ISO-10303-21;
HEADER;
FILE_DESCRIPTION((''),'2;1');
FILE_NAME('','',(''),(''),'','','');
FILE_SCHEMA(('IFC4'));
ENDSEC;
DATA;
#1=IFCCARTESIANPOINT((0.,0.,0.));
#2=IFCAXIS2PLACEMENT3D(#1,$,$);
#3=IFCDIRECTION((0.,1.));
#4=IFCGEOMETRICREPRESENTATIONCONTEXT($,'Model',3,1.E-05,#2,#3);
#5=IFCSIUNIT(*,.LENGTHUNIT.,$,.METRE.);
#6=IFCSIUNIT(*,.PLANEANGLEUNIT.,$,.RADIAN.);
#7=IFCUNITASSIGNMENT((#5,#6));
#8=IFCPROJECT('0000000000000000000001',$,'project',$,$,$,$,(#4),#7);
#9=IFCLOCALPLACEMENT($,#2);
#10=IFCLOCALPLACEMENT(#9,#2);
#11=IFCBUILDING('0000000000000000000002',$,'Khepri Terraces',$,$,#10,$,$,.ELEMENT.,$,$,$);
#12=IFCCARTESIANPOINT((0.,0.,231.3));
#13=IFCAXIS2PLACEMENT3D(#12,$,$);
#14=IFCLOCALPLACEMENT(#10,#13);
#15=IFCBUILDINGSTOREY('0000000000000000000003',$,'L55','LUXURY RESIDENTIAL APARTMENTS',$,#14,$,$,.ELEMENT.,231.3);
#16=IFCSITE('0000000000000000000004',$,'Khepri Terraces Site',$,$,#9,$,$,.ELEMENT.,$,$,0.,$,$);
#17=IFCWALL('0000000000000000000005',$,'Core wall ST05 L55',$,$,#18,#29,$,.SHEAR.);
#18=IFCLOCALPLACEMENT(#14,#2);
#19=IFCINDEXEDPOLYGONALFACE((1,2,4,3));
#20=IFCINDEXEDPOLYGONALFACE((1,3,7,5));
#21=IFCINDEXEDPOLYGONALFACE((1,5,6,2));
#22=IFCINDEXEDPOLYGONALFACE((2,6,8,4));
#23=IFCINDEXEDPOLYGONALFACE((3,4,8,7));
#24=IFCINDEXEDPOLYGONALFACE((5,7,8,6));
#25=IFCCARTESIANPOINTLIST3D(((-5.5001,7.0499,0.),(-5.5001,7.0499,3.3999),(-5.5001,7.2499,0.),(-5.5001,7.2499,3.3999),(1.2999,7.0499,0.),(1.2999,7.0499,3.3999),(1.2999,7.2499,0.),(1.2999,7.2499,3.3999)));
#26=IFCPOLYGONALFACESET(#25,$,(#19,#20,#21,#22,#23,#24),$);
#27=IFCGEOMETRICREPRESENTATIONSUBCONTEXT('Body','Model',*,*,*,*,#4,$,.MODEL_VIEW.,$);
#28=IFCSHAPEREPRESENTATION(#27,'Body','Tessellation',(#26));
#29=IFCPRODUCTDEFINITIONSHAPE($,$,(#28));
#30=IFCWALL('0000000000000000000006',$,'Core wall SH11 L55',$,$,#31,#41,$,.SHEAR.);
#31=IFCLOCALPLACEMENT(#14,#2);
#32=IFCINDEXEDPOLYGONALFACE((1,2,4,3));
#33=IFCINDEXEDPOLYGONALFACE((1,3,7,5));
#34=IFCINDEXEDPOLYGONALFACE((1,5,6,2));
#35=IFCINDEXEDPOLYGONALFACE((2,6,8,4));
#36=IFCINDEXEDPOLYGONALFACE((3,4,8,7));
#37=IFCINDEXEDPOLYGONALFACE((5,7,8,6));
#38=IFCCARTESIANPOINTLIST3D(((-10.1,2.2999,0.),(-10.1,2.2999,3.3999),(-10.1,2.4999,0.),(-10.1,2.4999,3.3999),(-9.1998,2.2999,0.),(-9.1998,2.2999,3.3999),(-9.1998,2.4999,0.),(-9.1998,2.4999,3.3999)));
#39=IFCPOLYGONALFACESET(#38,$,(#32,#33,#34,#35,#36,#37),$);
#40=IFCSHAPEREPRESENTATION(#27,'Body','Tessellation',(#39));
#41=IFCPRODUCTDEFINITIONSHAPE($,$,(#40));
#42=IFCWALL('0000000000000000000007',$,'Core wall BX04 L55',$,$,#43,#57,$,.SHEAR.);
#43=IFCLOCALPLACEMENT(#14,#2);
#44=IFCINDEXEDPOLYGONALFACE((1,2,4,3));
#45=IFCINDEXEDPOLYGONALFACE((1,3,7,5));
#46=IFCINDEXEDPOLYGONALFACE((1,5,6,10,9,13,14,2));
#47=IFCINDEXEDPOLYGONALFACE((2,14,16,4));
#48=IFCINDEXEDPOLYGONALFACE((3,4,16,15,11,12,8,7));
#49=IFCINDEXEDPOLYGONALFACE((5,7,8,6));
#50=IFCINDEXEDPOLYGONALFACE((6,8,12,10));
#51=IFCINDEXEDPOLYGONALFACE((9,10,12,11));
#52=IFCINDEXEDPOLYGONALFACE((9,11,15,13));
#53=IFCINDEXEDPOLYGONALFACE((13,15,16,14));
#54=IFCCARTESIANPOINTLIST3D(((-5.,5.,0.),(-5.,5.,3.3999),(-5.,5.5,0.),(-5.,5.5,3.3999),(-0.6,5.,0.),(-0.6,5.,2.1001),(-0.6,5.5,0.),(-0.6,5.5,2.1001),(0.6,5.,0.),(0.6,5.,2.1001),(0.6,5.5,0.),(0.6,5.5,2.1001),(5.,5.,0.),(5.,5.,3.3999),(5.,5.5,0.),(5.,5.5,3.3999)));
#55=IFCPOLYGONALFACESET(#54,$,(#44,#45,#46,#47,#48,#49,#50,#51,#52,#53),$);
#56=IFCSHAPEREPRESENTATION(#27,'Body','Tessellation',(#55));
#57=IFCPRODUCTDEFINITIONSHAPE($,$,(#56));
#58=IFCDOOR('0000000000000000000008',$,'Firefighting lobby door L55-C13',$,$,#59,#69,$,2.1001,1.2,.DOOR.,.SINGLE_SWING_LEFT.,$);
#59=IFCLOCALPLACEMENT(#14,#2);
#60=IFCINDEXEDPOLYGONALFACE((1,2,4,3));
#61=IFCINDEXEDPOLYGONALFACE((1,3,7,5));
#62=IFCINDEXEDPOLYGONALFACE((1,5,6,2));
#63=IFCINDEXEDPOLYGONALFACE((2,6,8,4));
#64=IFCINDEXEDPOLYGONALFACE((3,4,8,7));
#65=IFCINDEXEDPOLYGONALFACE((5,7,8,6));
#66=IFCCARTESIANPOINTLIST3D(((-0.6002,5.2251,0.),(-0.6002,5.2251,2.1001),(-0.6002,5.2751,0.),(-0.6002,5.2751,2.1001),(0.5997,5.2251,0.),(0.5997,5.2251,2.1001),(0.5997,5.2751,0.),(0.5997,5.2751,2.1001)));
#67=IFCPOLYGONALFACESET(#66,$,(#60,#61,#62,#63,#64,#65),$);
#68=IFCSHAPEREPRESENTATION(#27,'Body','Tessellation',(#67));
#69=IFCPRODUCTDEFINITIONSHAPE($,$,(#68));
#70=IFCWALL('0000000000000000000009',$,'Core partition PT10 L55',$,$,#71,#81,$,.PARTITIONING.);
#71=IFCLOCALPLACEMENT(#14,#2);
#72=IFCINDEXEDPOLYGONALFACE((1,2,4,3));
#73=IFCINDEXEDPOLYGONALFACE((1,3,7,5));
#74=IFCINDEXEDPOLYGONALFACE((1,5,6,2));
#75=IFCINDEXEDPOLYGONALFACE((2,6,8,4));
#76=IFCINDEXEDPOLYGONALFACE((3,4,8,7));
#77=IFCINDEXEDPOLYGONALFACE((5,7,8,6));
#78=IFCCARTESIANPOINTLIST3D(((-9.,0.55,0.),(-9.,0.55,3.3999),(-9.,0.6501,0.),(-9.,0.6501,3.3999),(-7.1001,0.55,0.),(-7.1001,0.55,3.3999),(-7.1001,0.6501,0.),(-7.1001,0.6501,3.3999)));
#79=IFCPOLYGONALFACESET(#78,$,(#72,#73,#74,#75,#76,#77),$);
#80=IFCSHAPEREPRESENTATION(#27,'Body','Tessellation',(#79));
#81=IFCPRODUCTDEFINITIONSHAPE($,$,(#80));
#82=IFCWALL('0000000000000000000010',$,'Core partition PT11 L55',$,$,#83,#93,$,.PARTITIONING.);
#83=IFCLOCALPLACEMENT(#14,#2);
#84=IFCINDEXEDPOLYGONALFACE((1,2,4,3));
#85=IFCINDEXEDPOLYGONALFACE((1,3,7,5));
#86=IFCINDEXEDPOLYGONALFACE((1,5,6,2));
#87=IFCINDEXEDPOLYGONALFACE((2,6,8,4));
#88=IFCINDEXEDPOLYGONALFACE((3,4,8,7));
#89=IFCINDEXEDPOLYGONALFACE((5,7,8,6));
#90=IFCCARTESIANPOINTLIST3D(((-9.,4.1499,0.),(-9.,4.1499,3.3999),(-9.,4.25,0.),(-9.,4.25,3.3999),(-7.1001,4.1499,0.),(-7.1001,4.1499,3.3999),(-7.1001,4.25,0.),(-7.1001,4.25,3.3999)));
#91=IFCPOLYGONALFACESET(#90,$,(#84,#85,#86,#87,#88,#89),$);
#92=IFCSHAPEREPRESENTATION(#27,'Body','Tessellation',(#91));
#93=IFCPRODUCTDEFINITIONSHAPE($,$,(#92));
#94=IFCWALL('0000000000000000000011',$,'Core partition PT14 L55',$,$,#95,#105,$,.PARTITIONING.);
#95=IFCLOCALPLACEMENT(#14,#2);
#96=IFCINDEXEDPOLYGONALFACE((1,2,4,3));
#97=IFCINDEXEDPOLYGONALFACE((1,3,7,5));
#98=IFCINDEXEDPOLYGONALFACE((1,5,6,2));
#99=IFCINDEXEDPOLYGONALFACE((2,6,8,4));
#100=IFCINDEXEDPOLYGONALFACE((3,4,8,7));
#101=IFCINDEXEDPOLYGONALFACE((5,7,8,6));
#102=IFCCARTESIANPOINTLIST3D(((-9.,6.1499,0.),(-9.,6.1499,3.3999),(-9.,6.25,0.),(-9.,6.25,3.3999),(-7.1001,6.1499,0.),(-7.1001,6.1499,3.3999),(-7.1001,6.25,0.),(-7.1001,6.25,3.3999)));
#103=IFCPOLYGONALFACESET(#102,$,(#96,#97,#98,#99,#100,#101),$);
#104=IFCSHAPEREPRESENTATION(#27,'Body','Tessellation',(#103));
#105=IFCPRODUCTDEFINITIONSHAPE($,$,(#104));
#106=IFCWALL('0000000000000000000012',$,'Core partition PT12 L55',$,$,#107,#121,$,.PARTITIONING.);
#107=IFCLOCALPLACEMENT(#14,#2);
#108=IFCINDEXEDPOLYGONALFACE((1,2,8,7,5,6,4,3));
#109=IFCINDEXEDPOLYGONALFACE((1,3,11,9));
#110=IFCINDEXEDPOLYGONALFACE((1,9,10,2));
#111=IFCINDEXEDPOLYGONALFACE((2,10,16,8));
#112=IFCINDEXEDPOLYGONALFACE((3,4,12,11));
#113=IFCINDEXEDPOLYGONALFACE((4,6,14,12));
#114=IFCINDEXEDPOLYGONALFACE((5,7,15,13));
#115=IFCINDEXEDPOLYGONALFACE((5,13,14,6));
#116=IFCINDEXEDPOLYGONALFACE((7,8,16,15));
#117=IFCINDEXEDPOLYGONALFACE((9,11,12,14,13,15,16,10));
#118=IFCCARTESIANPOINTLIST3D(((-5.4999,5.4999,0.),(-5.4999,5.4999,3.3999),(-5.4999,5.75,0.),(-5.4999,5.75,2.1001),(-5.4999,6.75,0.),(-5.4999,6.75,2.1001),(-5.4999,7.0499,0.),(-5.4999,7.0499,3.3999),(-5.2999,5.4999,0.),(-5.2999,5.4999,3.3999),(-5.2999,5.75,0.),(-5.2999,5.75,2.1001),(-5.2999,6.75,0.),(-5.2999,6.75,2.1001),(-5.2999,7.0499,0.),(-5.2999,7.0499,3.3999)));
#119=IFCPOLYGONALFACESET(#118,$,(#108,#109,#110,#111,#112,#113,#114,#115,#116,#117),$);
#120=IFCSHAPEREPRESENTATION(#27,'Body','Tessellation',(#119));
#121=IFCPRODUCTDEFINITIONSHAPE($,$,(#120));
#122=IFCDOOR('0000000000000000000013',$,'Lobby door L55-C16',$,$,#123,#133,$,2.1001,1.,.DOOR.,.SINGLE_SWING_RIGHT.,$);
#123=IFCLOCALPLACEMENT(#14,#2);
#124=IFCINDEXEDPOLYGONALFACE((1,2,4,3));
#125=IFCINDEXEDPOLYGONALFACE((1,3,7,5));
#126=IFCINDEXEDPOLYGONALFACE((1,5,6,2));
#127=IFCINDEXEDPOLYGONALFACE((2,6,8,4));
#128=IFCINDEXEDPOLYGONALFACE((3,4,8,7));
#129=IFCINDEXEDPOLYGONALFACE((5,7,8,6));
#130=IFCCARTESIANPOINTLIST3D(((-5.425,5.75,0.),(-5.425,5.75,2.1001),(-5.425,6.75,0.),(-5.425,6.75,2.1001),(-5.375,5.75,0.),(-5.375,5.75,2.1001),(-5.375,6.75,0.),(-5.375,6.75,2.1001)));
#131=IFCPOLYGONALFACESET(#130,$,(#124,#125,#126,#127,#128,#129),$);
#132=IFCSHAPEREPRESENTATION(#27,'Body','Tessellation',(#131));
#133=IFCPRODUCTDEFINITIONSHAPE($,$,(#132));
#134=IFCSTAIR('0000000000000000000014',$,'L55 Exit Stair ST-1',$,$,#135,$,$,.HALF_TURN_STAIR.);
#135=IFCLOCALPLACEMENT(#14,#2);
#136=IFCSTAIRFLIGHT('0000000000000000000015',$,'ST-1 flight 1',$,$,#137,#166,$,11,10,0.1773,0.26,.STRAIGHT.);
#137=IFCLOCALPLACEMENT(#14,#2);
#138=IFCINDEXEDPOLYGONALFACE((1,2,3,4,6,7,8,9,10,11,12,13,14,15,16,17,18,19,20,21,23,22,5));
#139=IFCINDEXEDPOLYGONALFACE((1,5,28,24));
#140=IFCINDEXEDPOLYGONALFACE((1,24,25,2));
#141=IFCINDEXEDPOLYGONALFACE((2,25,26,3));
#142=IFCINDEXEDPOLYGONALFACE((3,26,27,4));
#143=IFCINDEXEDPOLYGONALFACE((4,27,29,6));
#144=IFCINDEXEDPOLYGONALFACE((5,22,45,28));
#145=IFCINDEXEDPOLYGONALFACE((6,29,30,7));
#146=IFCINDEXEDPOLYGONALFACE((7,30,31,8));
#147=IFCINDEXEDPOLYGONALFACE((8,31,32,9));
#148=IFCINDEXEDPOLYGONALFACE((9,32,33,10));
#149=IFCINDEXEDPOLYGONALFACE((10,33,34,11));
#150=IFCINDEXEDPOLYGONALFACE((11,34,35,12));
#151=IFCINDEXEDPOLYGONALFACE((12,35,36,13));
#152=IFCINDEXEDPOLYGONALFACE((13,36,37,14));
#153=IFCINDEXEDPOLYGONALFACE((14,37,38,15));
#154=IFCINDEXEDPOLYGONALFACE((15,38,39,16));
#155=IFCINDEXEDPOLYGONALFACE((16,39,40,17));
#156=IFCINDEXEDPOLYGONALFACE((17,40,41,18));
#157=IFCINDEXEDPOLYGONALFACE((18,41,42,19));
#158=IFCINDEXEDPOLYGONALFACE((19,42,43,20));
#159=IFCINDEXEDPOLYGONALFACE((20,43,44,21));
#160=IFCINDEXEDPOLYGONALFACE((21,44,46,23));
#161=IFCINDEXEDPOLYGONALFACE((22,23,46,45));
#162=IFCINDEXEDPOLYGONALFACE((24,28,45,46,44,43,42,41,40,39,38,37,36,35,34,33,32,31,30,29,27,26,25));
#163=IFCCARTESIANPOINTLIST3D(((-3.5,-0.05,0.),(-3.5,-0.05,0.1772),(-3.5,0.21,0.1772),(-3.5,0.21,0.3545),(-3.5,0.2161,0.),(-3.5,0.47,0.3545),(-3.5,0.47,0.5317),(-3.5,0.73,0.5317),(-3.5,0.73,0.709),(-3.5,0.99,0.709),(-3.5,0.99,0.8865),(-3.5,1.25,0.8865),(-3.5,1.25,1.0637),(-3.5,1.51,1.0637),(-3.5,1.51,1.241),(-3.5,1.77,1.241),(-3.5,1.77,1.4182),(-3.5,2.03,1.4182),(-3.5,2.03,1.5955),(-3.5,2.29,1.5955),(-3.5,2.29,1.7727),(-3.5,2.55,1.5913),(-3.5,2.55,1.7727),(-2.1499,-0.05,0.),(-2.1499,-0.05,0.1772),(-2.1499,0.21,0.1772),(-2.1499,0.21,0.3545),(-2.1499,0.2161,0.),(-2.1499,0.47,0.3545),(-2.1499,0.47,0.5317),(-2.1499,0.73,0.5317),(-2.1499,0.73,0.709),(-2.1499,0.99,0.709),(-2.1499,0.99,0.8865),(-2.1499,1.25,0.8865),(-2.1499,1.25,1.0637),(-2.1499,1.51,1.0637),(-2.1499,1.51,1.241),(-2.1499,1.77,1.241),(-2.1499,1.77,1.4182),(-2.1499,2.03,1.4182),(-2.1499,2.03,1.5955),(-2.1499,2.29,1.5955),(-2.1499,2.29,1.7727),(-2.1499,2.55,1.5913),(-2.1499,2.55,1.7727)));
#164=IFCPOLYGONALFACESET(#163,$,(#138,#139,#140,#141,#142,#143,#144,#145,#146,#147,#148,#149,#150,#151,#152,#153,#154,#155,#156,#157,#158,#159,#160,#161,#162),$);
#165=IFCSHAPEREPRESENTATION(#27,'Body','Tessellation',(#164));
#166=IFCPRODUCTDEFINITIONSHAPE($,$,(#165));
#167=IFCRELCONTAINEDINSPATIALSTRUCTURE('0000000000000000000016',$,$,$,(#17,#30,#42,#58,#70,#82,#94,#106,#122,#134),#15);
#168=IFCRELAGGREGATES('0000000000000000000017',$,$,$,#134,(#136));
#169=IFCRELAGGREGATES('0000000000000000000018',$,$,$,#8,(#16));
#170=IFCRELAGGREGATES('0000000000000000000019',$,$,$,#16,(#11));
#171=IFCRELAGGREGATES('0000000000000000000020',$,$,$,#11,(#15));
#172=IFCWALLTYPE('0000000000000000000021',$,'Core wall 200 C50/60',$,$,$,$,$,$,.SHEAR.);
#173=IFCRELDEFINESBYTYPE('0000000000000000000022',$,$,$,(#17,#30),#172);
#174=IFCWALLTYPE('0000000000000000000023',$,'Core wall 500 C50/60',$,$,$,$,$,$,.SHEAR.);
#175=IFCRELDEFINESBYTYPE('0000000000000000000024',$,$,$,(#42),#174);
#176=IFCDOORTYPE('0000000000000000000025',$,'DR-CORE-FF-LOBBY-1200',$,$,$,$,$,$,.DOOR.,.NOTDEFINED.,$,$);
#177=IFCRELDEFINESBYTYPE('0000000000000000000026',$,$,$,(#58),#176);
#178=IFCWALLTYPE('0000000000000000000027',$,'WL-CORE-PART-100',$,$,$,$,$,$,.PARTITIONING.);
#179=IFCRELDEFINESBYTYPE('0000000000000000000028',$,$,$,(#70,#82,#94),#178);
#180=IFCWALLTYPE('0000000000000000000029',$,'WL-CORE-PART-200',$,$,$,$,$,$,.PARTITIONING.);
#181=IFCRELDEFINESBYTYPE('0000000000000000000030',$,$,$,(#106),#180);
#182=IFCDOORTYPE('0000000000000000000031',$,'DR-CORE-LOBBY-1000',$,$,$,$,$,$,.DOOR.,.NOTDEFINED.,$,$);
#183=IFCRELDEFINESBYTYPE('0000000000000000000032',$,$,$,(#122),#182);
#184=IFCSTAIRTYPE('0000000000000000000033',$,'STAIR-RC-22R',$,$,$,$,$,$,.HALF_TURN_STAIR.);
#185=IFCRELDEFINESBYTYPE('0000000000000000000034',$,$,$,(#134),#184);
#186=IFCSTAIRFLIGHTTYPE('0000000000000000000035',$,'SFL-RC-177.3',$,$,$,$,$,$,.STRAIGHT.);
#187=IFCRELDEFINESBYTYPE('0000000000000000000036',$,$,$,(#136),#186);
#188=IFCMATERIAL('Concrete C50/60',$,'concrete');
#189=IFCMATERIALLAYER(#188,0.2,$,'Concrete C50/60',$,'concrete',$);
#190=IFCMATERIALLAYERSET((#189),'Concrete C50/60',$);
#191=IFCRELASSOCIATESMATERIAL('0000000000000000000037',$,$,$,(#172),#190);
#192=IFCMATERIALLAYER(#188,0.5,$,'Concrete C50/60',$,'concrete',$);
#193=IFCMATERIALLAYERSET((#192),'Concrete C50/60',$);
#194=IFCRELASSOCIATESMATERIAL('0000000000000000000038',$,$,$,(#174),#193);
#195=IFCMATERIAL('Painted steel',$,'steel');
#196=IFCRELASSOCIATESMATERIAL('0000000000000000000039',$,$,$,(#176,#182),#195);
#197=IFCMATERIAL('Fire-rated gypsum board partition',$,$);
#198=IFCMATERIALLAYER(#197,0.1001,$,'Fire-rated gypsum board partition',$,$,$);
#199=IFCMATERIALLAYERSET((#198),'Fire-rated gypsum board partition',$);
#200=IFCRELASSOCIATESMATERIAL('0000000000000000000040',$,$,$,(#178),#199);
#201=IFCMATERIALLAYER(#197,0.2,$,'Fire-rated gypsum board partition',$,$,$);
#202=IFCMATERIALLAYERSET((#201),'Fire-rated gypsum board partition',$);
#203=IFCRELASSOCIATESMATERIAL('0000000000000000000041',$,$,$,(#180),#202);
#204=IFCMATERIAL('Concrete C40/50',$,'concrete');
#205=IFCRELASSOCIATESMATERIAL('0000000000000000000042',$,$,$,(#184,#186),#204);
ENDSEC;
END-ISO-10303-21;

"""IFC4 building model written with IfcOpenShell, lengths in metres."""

from ifc_helpers import new_model, si_unit, direction, frame, frame_2d, origin, place, context, subcontext, project, spatial, polyline, rectangle, outline, extrude, material, layer, layer_set, type_object, element, fill, aggregate, save


model = new_model("IFC4")

# Units and contexts
model_context = context("Model", 3, precision=1e-05, world=origin(), true_north=direction((0.0, 1.0)))
body_context = subcontext(model_context, "Body", "Model", "MODEL_VIEW")
ifc_project = project(units=[si_unit("LENGTHUNIT", "METRE"), si_unit("PLANEANGLEUNIT", "RADIAN")], contexts=[model_context])

# Site, building, storey
site_placement = place(None, origin())
site = spatial("IfcSite", under=ifc_project, at=site_placement, Name="Khepri Terraces Site", CompositionType="ELEMENT", RefElevation=0.0)
building_placement = place(site_placement, origin())
building = spatial("IfcBuilding", under=site, at=building_placement, Name="Khepri Terraces", CompositionType="ELEMENT")
storey_placement = place(building_placement, frame((0.0, 0.0, 231.3)))
storey = spatial("IfcBuildingStorey", under=building, at=storey_placement, Name="L55", Description="LUXURY RESIDENTIAL APARTMENTS", CompositionType="ELEMENT", Elevation=231.3)

# Walls
ifc_material_1 = material(Name="Concrete C50/60", Category="concrete")
ifc_layer_1 = layer(ifc_material_1, 0.2, Name="Concrete C50/60", Category="concrete")
ifc_layer_set_1 = layer_set([ifc_layer_1], Name="Concrete C50/60")
wall_type_1 = type_object("IfcWallType", Name="Core wall 200 C50/60", PredefinedType="SHEAR", material=ifc_layer_set_1)
wall_1_placement = place(storey_placement, frame((-5.5, 7.1499, 0.0), z_axis=(0.0, 0.0, 1.0), x_axis=(1.0, 0.0, 0.0)))
element("IfcWall", 1, at=wall_1_placement, inside=storey, type_object=wall_type_1, Name="Core wall ST05 L55", PredefinedType="SHEAR", context=body_context, shape_type="SweptSolid", body=[
    extrude(rectangle(XDim=6.8, YDim=0.2, at=frame_2d((3.3999, 0.0))), origin(), (0.0, 0.0, 1.0), 3.3999),
])
wall_2_placement = place(storey_placement, frame((-10.1001, 2.3999, 0.0), z_axis=(0.0, 0.0, 1.0), x_axis=(1.0, 0.0, 0.0)))
element("IfcWall", 2, at=wall_2_placement, inside=storey, type_object=wall_type_1, Name="Core wall SH11 L55", PredefinedType="SHEAR", context=body_context, shape_type="SweptSolid", body=[
    extrude(rectangle(XDim=0.9001, YDim=0.2, at=frame_2d((0.4502, 0.0))), origin(), (0.0, 0.0, 1.0), 3.3999),
])

# Wall, opening, door
ifc_layer_2 = layer(ifc_material_1, 0.5, Name="Concrete C50/60", Category="concrete")
ifc_layer_set_2 = layer_set([ifc_layer_2], Name="Concrete C50/60")
wall_type_2 = type_object("IfcWallType", Name="Core wall 500 C50/60", PredefinedType="SHEAR", material=ifc_layer_set_2)
wall_3_placement = place(storey_placement, frame((-5.0, 5.25, 0.0), z_axis=(0.0, 0.0, 1.0), x_axis=(1.0, 0.0, 0.0)))
wall_3 = element("IfcWall", 3, at=wall_3_placement, inside=storey, type_object=wall_type_2, Name="Core wall BX04 L55", PredefinedType="SHEAR", context=body_context, shape_type="SweptSolid", body=[
    extrude(rectangle(XDim=10.0, YDim=0.5, at=frame_2d((5.0, 0.0))), origin(), (0.0, 0.0, 1.0), 3.3999),
])
opening_1_placement = place(wall_3_placement, frame((4.3999, 0.0, 0.0)))
opening_1 = element("IfcOpeningElement", 4, at=opening_1_placement, cuts=wall_3, PredefinedType="OPENING", context=body_context, shape_type="SweptSolid", body=[
    extrude(rectangle(XDim=1.2, YDim=2.1001, at=frame_2d((0.6001, 1.05))), frame((0.0, 0.26, 0.0), z_axis=(0.0, -1.0, 0.0), x_axis=(1.0, 0.0, 0.0)), (0.0, 0.0, 1.0), 0.52),
])
ifc_material_2 = material(Name="Painted steel", Category="steel")
door_type_1 = type_object("IfcDoorType", Name="DR-CORE-FF-LOBBY-1200", OperationType="NOTDEFINED", PredefinedType="DOOR", material=ifc_material_2)
door_1_placement = place(opening_1_placement, frame((1.2, 0.0, 0.0), z_axis=(0.0, 0.0, 1.0), x_axis=(-1.0, 0.0, 0.0)))
door_1 = element("IfcDoor", 5, at=door_1_placement, inside=storey, type_object=door_type_1, Name="Firefighting lobby door L55-C13", OperationType="SINGLE_SWING_LEFT", OverallHeight=2.1001, OverallWidth=1.2, PredefinedType="DOOR", context=body_context, shape_type="SweptSolid", body=[
    extrude(rectangle(XDim=1.2, YDim=2.1001, at=frame_2d((0.6001, 1.05))), frame((0.0, 0.0249, 0.0), z_axis=(0.0, -1.0, 0.0), x_axis=(1.0, 0.0, 0.0)), (0.0, 0.0, 1.0), 0.05),
])
fill(opening_1, door_1)

# Walls
ifc_material_3 = material(Name="Fire-rated gypsum board partition")
ifc_layer_3 = layer(ifc_material_3, 0.1001, Name="Fire-rated gypsum board partition")
ifc_layer_set_3 = layer_set([ifc_layer_3], Name="Fire-rated gypsum board partition")
wall_type_3 = type_object("IfcWallType", Name="WL-CORE-PART-100", PredefinedType="PARTITIONING", material=ifc_layer_set_3)
for number, where, z_axis, x_axis, name in (
    (6, (-9.0, 0.6001, 0.0), (0.0, 0.0, 1.0), (1.0, 0.0, 0.0), "Core partition PT10 L55"),
    (7, (-9.0, 4.2, 0.0), (0.0, 0.0, 1.0), (1.0, 0.0, 0.0), "Core partition PT11 L55"),
    (8, (-9.0, 6.2, 0.0), (0.0, 0.0, 1.0), (1.0, 0.0, 0.0), "Core partition PT14 L55"),
):
    element("IfcWall", number, at=place(storey_placement, frame(where, z_axis=z_axis, x_axis=x_axis)), inside=storey, type_object=wall_type_3, Name=name, PredefinedType="PARTITIONING", context=body_context, shape_type="SweptSolid", body=[
        extrude(rectangle(XDim=1.8999, YDim=0.1001, at=frame_2d((0.95, 0.0))), origin(), (0.0, 0.0, 1.0), 3.3999),
    ])

# Wall, opening, door
ifc_layer_4 = layer(ifc_material_3, 0.2, Name="Fire-rated gypsum board partition")
ifc_layer_set_4 = layer_set([ifc_layer_4], Name="Fire-rated gypsum board partition")
wall_type_4 = type_object("IfcWallType", Name="WL-CORE-PART-200", PredefinedType="PARTITIONING", material=ifc_layer_set_4)
wall_4_placement = place(storey_placement, frame((-5.3999, 5.5, 0.0), z_axis=(0.0, 0.0, 1.0), x_axis=(0.0, 1.0, 0.0)))
wall_4 = element("IfcWall", 9, at=wall_4_placement, inside=storey, type_object=wall_type_4, Name="Core partition PT12 L55", PredefinedType="PARTITIONING", context=body_context, shape_type="SweptSolid", body=[
    extrude(rectangle(XDim=1.55, YDim=0.2, at=frame_2d((0.7749, 0.0))), origin(), (0.0, 0.0, 1.0), 3.3999),
])
opening_2_placement = place(wall_4_placement, frame((0.25, 0.0, 0.0)))
opening_2 = element("IfcOpeningElement", 10, at=opening_2_placement, cuts=wall_4, PredefinedType="OPENING", context=body_context, shape_type="SweptSolid", body=[
    extrude(rectangle(XDim=1.0, YDim=2.1001, at=frame_2d((0.5, 1.05))), frame((0.0, 0.1099, 0.0), z_axis=(0.0, -1.0, 0.0), x_axis=(1.0, 0.0, 0.0)), (0.0, 0.0, 1.0), 0.22),
])
door_type_2 = type_object("IfcDoorType", Name="DR-CORE-LOBBY-1000", OperationType="NOTDEFINED", PredefinedType="DOOR", material=ifc_material_2)
door_2_placement = place(opening_2_placement, frame((1.0, 0.0, 0.0), z_axis=(0.0, 0.0, 1.0), x_axis=(-1.0, 0.0, 0.0)))
door_2 = element("IfcDoor", 11, at=door_2_placement, inside=storey, type_object=door_type_2, Name="Lobby door L55-C16", OperationType="SINGLE_SWING_RIGHT", OverallHeight=2.1001, OverallWidth=1.0, PredefinedType="DOOR", context=body_context, shape_type="SweptSolid", body=[
    extrude(rectangle(XDim=1.0, YDim=2.1001, at=frame_2d((0.5, 1.05))), frame((0.0, 0.0249, 0.0), z_axis=(0.0, -1.0, 0.0), x_axis=(1.0, 0.0, 0.0)), (0.0, 0.0, 1.0), 0.05),
])
fill(opening_2, door_2)

# Stair, stair flight
ifc_material_4 = material(Name="Concrete C40/50", Category="concrete")
stair_type = type_object("IfcStairType", Name="STAIR-RC-22R", PredefinedType="HALF_TURN_STAIR", material=ifc_material_4)
stair_placement = place(storey_placement, origin())
stair = element("IfcStair", 12, at=stair_placement, inside=storey, type_object=stair_type, Name="L55 Exit Stair ST-1", PredefinedType="HALF_TURN_STAIR")
stair_flight_type = type_object("IfcStairFlightType", Name="SFL-RC-177.3", PredefinedType="STRAIGHT", material=ifc_material_4)
stair_flight_1_placement = place(storey_placement, frame((-2.825, -0.05, 0.0), z_axis=(0.0, 0.0, 1.0), x_axis=(0.0, 1.0, 0.0)))
stair_flight_1 = element("IfcStairFlight", 13, at=stair_flight_1_placement, type_object=stair_flight_type, Name="ST-1 flight 1", NumberOfRisers=11, NumberOfTreads=10, PredefinedType="STRAIGHT", RiserHeight=0.1773, TreadLength=0.26, context=body_context, shape_type="SweptSolid", body=[
    extrude(outline(polyline([(0.0, 0.0), (0.0, 0.1772), (0.26, 0.1772), (0.26, 0.3545), (0.52, 0.3545), (0.52, 0.5317), (0.78, 0.5317), (0.78, 0.709), (1.04, 0.709), (1.04, 0.8865), (1.3, 0.8865), (1.3, 1.0637), (1.5601, 1.0637), (1.5601, 1.241), (1.8201, 1.241), (1.8201, 1.4182), (2.0801, 1.4182), (2.0801, 1.5955), (2.3401, 1.5955), (2.3401, 1.7727), (2.6001, 1.7727), (2.6001, 1.95), (2.6001, 1.5913), (0.2661, 0.0), (0.0, 0.0)])), frame((0.0, 0.675, 0.0), z_axis=(0.0, -1.0, 0.0), x_axis=(1.0, 0.0, 0.0)), (0.0, 0.0, 1.0), 1.3501),
])
aggregate(stair, [stair_flight_1])

save(model, "model.ifc")
